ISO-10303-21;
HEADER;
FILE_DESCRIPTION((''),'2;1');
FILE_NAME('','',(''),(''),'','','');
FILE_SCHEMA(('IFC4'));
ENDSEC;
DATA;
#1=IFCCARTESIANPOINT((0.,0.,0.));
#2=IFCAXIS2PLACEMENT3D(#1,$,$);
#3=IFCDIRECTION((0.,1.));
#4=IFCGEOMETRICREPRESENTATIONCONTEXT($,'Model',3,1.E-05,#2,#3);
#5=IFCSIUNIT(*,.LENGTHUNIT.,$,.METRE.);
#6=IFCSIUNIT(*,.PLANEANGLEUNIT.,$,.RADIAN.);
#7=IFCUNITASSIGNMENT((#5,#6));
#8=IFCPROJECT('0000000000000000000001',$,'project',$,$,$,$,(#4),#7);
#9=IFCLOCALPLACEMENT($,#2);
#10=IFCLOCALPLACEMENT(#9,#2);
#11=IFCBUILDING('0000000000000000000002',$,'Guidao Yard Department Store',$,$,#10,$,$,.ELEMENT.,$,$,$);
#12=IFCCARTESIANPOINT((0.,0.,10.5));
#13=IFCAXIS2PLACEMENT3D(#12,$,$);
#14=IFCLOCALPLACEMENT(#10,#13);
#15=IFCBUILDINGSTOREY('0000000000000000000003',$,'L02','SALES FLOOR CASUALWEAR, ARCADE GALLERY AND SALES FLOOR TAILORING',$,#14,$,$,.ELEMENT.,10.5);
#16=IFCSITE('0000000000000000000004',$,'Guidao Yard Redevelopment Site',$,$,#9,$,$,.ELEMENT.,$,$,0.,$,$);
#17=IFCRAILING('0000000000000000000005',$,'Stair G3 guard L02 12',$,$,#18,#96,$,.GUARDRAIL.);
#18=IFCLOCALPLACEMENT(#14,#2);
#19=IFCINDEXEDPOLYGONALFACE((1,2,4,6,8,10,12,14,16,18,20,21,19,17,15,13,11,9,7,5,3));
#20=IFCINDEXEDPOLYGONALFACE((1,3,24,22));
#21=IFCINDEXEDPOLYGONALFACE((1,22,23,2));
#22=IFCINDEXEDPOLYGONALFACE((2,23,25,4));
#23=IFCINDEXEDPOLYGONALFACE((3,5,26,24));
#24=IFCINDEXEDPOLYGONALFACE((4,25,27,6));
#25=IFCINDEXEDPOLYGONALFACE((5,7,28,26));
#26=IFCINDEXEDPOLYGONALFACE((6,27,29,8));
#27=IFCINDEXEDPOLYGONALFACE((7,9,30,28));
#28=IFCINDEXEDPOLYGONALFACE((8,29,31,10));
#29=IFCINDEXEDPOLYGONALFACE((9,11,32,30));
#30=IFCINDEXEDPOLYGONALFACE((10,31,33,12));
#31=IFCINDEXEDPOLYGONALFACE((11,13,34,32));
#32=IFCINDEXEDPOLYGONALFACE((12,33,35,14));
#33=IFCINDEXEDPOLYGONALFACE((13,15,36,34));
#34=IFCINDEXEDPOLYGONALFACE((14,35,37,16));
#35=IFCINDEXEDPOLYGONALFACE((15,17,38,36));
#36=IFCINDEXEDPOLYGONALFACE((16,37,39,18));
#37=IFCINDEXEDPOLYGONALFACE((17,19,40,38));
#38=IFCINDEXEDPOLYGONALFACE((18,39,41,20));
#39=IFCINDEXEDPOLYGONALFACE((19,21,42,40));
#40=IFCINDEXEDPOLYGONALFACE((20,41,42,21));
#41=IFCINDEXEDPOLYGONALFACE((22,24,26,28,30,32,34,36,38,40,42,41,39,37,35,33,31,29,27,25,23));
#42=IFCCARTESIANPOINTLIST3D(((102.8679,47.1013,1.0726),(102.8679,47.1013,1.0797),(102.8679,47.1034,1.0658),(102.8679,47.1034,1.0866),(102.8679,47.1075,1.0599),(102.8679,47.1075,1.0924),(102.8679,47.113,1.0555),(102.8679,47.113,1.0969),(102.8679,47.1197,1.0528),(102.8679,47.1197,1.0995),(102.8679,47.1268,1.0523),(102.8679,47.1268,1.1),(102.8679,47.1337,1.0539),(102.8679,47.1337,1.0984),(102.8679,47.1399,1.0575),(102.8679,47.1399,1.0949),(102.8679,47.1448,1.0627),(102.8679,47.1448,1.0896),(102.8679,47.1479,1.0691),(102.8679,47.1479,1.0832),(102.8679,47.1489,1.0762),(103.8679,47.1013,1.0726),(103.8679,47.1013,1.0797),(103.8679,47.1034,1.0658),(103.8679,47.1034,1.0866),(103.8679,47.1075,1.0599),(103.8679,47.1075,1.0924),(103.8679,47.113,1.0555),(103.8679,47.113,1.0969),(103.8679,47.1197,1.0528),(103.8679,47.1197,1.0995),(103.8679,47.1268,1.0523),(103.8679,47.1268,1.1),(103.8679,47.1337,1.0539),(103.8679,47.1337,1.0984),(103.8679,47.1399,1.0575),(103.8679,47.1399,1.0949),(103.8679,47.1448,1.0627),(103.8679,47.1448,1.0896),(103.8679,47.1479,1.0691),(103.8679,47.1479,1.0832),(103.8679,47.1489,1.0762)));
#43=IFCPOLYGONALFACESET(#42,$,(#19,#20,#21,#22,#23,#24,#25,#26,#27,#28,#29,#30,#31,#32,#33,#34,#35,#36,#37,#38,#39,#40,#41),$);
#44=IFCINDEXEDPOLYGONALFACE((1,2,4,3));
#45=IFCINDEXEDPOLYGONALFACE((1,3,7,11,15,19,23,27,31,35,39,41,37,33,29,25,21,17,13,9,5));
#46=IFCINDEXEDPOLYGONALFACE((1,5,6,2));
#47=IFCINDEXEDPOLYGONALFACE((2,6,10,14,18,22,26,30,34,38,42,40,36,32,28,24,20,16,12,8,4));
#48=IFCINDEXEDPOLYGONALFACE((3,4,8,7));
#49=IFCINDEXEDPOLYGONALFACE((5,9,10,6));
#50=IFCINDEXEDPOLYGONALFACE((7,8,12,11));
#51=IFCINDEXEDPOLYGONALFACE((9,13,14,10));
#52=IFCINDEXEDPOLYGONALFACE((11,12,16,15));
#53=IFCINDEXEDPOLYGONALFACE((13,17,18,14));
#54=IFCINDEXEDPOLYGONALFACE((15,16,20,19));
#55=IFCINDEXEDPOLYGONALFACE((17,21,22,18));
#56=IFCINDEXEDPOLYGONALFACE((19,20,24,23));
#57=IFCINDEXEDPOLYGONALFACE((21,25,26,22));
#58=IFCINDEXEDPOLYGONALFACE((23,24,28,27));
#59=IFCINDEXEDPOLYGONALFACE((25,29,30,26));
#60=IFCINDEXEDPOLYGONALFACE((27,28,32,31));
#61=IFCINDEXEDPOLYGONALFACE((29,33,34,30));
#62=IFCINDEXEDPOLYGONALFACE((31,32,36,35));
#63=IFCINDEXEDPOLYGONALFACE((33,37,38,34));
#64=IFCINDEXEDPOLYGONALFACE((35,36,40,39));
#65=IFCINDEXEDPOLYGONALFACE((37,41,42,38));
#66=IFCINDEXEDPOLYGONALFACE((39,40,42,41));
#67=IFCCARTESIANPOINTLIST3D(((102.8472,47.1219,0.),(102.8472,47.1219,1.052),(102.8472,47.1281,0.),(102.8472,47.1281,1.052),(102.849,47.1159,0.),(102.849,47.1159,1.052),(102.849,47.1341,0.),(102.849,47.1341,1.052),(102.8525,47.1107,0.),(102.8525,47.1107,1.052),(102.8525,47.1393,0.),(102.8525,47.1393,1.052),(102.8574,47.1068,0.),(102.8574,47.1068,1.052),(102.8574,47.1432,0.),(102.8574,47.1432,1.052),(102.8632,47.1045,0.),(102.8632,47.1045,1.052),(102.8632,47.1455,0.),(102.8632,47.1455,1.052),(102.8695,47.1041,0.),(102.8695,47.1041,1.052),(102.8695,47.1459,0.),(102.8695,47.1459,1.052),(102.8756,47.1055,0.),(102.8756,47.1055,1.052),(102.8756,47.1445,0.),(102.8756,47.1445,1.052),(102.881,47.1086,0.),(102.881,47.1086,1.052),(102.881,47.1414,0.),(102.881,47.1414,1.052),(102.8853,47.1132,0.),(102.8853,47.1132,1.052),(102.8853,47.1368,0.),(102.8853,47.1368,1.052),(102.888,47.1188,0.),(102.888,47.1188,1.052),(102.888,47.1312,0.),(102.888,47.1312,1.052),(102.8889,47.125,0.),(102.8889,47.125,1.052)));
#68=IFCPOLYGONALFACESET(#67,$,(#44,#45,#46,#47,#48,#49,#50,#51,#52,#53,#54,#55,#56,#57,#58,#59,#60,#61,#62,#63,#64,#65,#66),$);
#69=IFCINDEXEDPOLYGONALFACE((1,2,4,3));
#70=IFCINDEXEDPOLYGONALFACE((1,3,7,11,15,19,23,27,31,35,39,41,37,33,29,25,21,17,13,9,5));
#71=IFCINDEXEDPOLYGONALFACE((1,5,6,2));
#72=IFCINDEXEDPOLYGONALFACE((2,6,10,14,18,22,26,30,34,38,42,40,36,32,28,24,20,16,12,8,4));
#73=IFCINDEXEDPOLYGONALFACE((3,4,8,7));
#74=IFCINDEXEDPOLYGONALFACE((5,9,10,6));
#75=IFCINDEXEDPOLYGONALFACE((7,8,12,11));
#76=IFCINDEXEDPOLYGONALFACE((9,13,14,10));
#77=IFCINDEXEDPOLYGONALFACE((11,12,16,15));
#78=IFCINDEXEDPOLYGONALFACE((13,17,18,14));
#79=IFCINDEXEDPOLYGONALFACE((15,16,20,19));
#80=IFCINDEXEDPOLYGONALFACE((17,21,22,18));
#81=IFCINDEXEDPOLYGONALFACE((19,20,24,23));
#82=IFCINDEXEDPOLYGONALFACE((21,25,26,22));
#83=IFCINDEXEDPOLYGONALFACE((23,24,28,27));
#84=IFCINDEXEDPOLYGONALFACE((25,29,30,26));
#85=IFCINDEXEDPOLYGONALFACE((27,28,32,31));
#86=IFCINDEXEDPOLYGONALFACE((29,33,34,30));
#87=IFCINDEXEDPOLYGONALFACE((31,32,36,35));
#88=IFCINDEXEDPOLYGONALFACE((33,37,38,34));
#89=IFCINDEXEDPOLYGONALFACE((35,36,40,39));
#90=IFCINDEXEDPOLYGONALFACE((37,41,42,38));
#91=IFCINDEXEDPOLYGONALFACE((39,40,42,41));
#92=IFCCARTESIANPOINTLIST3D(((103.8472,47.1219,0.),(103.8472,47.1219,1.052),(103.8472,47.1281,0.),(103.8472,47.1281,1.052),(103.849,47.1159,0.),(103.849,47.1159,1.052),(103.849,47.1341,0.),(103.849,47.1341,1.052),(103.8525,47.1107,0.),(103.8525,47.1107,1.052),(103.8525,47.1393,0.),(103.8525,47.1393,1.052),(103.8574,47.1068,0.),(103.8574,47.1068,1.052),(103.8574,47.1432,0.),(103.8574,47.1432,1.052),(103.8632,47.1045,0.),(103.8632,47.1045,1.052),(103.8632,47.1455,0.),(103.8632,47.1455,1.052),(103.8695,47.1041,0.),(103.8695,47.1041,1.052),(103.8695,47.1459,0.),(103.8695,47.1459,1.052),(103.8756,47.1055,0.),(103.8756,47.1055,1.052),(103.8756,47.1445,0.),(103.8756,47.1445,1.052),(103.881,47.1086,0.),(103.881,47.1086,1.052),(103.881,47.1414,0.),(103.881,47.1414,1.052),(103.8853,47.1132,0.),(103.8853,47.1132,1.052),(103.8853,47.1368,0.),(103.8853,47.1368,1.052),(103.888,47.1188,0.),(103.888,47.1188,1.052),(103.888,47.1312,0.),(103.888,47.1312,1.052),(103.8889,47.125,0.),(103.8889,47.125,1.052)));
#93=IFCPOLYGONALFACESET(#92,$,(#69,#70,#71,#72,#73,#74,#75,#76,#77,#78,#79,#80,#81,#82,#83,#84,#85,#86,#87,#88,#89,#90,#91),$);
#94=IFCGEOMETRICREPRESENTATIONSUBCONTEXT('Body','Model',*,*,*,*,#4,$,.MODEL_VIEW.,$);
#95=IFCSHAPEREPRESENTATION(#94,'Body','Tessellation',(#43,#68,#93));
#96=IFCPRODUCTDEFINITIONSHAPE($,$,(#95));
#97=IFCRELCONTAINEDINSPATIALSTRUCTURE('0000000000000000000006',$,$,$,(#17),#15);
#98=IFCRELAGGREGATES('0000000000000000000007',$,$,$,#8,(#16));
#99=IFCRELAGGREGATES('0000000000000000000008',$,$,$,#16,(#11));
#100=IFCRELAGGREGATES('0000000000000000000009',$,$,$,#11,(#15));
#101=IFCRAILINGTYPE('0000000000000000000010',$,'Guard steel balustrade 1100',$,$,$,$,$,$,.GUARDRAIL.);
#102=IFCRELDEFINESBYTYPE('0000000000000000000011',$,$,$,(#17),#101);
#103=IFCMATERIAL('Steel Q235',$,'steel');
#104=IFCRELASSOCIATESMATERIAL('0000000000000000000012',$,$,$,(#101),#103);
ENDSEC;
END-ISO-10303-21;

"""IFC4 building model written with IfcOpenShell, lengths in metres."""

from ifc_helpers import new_model, si_unit, direction, frame, origin, origin_2d, place, context, subcontext, project, spatial, circle, extrude, material, type_object, element, save


model = new_model("IFC4")

# Units and contexts
model_context = context("Model", 3, precision=1e-05, world=origin(), true_north=direction((0.0, 1.0)))
body_context = subcontext(model_context, "Body", "Model", "MODEL_VIEW")
ifc_project = project(units=[si_unit("LENGTHUNIT", "METRE"), si_unit("PLANEANGLEUNIT", "RADIAN")], contexts=[model_context])

# Site, building, storey
site_placement = place(None, origin())
site = spatial("IfcSite", under=ifc_project, at=site_placement, Name="Guidao Yard Redevelopment Site", CompositionType="ELEMENT", RefElevation=0.0)
building_placement = place(site_placement, origin())
building = spatial("IfcBuilding", under=site, at=building_placement, Name="Guidao Yard Department Store", CompositionType="ELEMENT")
storey_placement = place(building_placement, frame((0.0, 0.0, 10.5)))
storey = spatial("IfcBuildingStorey", under=building, at=storey_placement, Name="L02", Description="SALES FLOOR CASUALWEAR, ARCADE GALLERY AND SALES FLOOR TAILORING", CompositionType="ELEMENT", Elevation=10.5)

# Railing
ifc_material_1 = material(Name="Steel Q235", Category="steel")
railing_type_1 = type_object("IfcRailingType", Name="Guard steel balustrade 1100", PredefinedType="GUARDRAIL", material=ifc_material_1)
railing_1_placement = place(storey_placement, frame((102.8679, 47.125, 0.0)))
element("IfcRailing", 1, at=railing_1_placement, inside=storey, type_object=railing_type_1, Name="Stair G3 guard L02 12", PredefinedType="GUARDRAIL", context=body_context, shape_type="SweptSolid", body=[
    extrude(circle(Radius=0.0239, at=origin_2d()), frame((0.0, 0.0, 1.0762), z_axis=(1.0, 0.0, 0.0), x_axis=(0.0, 1.0, 0.0)), (0.0, 0.0, 1.0), 1.0),
    extrude(circle(Radius=0.021, at=origin_2d()), origin(), (0.0, 0.0, 1.0), 1.052),
    extrude(circle(Radius=0.021, at=origin_2d()), frame((1.0, 0.0, 0.0)), (0.0, 0.0, 1.0), 1.052),
])

save(model, "model.ifc")
